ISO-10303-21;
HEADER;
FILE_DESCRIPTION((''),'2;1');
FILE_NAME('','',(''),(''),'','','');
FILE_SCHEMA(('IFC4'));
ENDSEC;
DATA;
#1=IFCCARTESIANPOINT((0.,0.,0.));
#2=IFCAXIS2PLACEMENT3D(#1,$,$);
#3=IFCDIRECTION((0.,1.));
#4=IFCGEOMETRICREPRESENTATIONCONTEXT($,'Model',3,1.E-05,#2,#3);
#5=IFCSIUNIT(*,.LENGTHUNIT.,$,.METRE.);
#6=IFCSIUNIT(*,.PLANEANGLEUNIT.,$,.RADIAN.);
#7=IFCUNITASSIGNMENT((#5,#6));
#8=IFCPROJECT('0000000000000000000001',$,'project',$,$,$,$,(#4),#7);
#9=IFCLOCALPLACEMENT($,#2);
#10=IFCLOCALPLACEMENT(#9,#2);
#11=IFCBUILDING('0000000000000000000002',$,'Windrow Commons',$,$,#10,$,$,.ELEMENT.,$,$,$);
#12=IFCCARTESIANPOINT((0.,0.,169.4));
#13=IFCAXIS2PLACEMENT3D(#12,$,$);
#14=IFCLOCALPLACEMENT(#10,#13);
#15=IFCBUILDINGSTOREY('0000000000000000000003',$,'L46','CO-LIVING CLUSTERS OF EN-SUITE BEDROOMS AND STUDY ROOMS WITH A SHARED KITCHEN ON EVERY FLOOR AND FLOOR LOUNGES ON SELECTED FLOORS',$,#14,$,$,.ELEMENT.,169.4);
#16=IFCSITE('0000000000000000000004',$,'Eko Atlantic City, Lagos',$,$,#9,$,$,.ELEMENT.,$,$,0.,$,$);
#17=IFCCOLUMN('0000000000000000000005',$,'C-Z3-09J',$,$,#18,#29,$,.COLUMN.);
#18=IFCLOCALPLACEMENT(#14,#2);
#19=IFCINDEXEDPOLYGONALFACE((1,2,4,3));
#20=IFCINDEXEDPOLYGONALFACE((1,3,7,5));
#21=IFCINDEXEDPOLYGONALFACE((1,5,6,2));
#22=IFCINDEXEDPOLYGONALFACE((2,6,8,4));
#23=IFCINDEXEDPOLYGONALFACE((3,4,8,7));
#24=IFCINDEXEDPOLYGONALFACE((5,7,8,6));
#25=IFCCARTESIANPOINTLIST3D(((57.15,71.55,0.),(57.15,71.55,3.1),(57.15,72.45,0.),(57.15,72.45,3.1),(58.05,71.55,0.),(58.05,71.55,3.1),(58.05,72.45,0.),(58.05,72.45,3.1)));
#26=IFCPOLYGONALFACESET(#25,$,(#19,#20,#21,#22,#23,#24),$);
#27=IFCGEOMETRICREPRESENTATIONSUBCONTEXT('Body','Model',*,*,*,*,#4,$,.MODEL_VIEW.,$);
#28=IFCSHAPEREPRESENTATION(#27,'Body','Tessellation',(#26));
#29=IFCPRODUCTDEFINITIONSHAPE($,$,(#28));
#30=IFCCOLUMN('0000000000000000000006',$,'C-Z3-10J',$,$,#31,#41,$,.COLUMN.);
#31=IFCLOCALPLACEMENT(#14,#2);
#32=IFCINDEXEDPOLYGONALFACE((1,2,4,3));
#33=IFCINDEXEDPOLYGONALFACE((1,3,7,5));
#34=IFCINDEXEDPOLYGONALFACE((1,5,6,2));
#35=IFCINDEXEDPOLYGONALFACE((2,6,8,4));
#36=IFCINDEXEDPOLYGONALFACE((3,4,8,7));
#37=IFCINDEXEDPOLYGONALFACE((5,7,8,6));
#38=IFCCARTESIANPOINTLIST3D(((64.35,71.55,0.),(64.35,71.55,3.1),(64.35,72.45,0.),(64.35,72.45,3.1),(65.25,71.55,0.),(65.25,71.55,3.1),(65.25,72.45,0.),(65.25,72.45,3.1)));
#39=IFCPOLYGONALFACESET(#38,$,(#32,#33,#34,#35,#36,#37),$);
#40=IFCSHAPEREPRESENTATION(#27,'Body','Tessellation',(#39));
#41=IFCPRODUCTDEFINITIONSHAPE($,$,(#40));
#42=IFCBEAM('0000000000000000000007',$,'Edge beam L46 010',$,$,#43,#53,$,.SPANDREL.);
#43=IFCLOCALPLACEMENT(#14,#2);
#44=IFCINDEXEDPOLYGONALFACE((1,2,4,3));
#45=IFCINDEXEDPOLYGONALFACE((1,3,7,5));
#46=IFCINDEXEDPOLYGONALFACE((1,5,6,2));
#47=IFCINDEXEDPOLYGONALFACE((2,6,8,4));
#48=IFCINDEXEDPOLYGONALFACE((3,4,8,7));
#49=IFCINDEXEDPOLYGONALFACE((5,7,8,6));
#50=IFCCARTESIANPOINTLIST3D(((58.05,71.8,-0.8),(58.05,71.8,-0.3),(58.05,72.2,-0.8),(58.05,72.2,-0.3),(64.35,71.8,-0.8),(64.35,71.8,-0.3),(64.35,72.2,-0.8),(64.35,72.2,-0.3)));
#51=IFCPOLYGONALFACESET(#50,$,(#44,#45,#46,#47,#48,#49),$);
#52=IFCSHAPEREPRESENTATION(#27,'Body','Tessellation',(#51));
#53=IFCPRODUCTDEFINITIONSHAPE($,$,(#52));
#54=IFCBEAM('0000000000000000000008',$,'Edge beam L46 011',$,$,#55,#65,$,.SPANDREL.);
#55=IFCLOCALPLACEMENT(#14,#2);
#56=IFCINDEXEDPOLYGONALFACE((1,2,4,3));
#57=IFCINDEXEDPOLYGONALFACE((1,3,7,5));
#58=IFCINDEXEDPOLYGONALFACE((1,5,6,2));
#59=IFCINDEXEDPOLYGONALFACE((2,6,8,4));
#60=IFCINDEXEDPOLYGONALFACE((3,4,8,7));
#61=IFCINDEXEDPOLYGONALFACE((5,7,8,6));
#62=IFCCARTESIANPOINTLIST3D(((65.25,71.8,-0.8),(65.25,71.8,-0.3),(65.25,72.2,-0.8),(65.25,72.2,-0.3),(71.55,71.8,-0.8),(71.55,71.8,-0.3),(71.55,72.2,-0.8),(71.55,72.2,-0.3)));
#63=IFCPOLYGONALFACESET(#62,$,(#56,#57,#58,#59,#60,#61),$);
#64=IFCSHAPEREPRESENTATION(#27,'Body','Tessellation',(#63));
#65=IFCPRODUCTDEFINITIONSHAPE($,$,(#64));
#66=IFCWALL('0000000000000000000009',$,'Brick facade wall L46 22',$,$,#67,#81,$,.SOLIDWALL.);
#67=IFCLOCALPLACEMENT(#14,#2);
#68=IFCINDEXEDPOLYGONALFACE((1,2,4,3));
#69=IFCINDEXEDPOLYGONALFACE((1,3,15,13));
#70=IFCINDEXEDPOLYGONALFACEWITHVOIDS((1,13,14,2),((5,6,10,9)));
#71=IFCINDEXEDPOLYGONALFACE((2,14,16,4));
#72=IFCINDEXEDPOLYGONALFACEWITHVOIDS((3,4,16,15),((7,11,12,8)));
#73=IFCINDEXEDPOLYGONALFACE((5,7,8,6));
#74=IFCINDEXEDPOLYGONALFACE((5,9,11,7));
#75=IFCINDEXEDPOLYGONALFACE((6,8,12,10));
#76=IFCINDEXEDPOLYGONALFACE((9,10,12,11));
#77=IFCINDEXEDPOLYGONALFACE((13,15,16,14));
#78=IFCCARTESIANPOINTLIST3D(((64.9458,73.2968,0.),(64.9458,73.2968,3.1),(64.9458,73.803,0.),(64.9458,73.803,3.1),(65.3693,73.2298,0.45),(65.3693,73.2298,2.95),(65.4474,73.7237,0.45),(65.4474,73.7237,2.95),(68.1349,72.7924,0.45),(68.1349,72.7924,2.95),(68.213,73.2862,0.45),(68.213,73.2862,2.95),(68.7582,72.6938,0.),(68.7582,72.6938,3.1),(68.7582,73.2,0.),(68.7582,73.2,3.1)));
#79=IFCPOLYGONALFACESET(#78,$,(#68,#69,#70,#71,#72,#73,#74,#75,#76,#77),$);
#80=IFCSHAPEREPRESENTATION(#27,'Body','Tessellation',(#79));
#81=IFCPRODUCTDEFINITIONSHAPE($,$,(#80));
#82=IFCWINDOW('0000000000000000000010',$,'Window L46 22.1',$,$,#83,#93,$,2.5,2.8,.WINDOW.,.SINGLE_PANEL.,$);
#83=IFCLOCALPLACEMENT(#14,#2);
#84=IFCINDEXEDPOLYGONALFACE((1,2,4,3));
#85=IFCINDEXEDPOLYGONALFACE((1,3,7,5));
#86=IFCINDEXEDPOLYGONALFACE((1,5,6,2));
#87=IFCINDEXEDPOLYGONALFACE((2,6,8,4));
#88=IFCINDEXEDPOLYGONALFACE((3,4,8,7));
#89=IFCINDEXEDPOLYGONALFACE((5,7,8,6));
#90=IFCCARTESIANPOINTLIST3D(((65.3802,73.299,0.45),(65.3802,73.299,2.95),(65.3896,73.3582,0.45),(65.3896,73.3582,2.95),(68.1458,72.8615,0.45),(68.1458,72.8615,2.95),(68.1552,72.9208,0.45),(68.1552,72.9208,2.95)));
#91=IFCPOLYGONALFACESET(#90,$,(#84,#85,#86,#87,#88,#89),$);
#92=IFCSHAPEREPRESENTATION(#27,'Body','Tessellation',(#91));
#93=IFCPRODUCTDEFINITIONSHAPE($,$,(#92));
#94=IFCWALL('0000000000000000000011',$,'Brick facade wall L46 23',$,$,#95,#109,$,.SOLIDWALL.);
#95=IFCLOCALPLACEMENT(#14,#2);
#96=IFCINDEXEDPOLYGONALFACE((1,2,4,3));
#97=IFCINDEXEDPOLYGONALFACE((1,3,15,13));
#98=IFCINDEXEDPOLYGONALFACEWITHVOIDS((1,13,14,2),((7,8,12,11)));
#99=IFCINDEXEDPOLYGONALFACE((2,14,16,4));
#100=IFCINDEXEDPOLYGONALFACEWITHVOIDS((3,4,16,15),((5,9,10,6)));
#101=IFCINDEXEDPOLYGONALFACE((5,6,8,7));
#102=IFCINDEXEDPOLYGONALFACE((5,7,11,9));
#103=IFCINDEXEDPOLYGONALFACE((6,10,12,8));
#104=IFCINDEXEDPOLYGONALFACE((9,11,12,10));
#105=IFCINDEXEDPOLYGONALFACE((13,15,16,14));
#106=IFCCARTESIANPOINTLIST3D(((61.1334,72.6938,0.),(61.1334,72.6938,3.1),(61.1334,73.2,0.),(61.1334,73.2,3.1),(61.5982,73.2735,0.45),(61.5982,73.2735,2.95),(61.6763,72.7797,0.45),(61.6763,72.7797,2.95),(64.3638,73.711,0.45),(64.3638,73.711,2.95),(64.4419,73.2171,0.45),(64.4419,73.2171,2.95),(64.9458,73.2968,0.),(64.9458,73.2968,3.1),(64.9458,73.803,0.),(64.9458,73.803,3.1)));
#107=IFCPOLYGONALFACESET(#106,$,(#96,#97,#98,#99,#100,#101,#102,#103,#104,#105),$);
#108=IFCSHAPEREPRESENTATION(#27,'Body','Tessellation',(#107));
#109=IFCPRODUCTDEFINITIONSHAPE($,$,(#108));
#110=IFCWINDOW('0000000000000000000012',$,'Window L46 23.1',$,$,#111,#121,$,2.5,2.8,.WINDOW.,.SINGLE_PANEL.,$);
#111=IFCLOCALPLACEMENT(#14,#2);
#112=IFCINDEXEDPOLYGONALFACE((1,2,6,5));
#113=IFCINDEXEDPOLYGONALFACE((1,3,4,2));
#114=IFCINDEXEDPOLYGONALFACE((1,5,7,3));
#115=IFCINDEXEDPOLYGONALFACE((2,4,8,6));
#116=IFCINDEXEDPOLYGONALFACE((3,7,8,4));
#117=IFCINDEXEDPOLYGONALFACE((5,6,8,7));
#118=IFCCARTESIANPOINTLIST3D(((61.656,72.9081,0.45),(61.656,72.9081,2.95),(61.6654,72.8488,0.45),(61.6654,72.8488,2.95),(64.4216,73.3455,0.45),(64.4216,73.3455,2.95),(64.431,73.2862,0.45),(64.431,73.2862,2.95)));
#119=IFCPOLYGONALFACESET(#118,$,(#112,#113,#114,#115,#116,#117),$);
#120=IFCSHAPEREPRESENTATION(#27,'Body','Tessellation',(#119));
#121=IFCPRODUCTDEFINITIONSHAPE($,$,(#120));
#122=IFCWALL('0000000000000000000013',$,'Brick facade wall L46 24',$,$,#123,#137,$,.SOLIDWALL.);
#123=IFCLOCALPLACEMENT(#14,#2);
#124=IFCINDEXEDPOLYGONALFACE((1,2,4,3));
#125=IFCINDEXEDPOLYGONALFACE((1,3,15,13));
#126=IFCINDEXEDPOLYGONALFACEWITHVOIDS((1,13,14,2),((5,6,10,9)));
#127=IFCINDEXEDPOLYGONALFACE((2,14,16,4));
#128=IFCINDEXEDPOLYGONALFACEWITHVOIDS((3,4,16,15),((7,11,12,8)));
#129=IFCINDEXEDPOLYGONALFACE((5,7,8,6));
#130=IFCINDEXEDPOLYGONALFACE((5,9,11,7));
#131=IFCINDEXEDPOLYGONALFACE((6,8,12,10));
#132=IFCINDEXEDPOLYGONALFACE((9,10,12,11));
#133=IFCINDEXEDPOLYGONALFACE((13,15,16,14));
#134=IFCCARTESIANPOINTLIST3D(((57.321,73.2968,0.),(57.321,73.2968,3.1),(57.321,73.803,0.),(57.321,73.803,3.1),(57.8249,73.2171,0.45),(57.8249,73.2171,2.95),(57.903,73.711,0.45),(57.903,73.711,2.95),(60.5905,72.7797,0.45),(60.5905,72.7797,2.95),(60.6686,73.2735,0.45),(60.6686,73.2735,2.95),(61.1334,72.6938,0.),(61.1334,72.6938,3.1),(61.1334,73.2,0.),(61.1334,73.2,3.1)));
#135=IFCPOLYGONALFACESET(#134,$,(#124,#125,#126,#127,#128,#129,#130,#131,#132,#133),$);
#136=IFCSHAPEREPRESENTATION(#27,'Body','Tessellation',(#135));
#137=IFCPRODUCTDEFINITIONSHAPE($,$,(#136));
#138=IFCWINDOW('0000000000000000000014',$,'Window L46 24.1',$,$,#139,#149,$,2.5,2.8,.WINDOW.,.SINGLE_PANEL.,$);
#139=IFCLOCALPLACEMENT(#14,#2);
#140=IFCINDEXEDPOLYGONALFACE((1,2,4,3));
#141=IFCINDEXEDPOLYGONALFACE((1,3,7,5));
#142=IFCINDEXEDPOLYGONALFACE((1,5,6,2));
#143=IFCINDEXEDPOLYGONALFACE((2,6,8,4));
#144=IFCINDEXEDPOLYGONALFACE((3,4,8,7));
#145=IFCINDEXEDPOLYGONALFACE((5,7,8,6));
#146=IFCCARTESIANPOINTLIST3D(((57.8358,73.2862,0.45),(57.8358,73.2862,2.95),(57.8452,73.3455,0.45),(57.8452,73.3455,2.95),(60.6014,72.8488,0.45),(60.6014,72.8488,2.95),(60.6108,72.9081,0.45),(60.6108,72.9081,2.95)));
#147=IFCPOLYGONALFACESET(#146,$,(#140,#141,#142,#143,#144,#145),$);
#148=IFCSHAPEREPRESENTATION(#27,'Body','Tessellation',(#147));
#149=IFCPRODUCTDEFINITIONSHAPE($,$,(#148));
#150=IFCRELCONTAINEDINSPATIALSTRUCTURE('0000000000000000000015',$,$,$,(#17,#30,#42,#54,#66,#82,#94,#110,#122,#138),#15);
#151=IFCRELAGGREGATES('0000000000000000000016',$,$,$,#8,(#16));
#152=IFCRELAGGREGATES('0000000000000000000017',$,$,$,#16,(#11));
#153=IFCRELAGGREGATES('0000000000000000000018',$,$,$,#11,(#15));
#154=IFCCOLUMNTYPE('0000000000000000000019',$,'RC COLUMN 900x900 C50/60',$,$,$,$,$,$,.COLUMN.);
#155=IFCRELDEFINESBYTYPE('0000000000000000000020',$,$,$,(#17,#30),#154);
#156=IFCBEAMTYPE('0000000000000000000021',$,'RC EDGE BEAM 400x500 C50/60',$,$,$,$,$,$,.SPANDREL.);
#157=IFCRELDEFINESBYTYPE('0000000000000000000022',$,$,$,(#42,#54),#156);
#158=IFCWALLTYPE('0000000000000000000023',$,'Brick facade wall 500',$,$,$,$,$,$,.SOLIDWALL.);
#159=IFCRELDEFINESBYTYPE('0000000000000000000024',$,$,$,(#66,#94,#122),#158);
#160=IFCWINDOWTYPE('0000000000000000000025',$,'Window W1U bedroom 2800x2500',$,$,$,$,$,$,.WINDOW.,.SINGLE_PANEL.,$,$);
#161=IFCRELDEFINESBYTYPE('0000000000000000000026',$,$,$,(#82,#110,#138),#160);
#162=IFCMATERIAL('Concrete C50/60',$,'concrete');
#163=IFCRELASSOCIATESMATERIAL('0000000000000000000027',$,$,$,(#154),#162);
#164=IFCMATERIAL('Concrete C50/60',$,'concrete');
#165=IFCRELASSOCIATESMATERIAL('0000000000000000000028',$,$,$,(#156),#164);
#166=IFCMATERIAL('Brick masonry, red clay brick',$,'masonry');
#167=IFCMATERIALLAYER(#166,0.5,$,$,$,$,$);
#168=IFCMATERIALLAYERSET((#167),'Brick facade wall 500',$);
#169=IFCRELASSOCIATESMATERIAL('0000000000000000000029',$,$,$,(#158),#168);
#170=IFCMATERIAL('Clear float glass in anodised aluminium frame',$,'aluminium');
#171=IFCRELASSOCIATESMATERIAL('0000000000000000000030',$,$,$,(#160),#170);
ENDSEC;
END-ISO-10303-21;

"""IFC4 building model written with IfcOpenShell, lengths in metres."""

from ifc_helpers import new_model, si_unit, direction, frame, frame_2d, origin, origin_2d, place, context, subcontext, project, spatial, polyline, rectangle, outline, extrude, material, layer, layer_set, material_profile, profile_set, type_object, element, fill, save


model = new_model("IFC4")

# Units and contexts
model_context = context("Model", 3, precision=1e-05, world=origin(), true_north=direction((0.0, 1.0)))
body_context = subcontext(model_context, "Body", "Model", "MODEL_VIEW")
ifc_project = project(units=[si_unit("LENGTHUNIT", "METRE"), si_unit("PLANEANGLEUNIT", "RADIAN")], contexts=[model_context])

# Site, building, storey
site_placement = place(None, origin())
site = spatial("IfcSite", under=ifc_project, at=site_placement, Name="Eko Atlantic City, Lagos", CompositionType="ELEMENT", RefElevation=0.0)
building_placement = place(site_placement, origin())
building = spatial("IfcBuilding", under=site, at=building_placement, Name="Windrow Commons", CompositionType="ELEMENT")
storey_placement = place(building_placement, frame((0.0, 0.0, 169.4)))
storey = spatial("IfcBuildingStorey", under=building, at=storey_placement, Name="L46", Description="CO-LIVING CLUSTERS OF EN-SUITE BEDROOMS AND STUDY ROOMS WITH A SHARED KITCHEN ON EVERY FLOOR AND FLOOR LOUNGES ON SELECTED FLOORS", CompositionType="ELEMENT", Elevation=169.4)

# Columns
ifc_material_1 = material(Name="Concrete C50/60", Category="concrete")
ifc_material_profile_1 = material_profile(ifc_material_1, rectangle(XDim=0.9, YDim=0.9, at=origin_2d()))
ifc_profile_set_1 = profile_set([ifc_material_profile_1], Name="Concrete C50/60")
column_type = type_object("IfcColumnType", Name="RC COLUMN 900x900 C50/60", PredefinedType="COLUMN", material=ifc_profile_set_1)
for number, where, z_axis, x_axis, name in (
    (1, (57.6, 72.0, 0.0), (0.0, 0.0, 1.0), (1.0, 0.0, 0.0), "C-Z3-09J"),
    (2, (64.8, 72.0, 0.0), (0.0, 0.0, 1.0), (1.0, 0.0, 0.0), "C-Z3-10J"),
):
    element("IfcColumn", number, at=place(storey_placement, frame(where, z_axis=z_axis, x_axis=x_axis)), inside=storey, type_object=column_type, Name=name, PredefinedType="COLUMN", context=body_context, shape_type="SweptSolid", body=[
        extrude(rectangle(XDim=0.9, YDim=0.9, at=origin_2d()), origin(), (0.0, 0.0, 1.0), 3.1),
    ])

# Beams
ifc_material_2 = material(Name="Concrete C50/60", Category="concrete")
ifc_material_profile_2 = material_profile(ifc_material_2, rectangle(XDim=0.4, YDim=0.5, at=origin_2d()))
ifc_profile_set_2 = profile_set([ifc_material_profile_2], Name="Concrete C50/60")
beam_type = type_object("IfcBeamType", Name="RC EDGE BEAM 400x500 C50/60", PredefinedType="SPANDREL", material=ifc_profile_set_2)
for number, where, z_axis, x_axis, name in (
    (3, (58.05, 72.0, -0.55), (1.0, 0.0, 0.0), (0.0, 1.0, 0.0), "Edge beam L46 010"),
    (4, (65.25, 72.0, -0.55), (1.0, 0.0, 0.0), (0.0, 1.0, 0.0), "Edge beam L46 011"),
):
    element("IfcBeam", number, at=place(storey_placement, frame(where, z_axis=z_axis, x_axis=x_axis)), inside=storey, type_object=beam_type, Name=name, PredefinedType="SPANDREL", context=body_context, shape_type="SweptSolid", body=[
        extrude(rectangle(XDim=0.4, YDim=0.5, at=origin_2d()), origin(), (0.0, 0.0, 1.0), 6.3),
    ])

# Walls, openings, windows
ifc_material_3 = material(Name="Brick masonry, red clay brick", Category="masonry")
ifc_layer_1 = layer(ifc_material_3, 0.5)
ifc_layer_set_1 = layer_set([ifc_layer_1], Name="Brick facade wall 500")
wall_type_1 = type_object("IfcWallType", Name="Brick facade wall 500", PredefinedType="SOLIDWALL", material=ifc_layer_set_1)
wall_1_placement = place(storey_placement, frame((68.7582, 72.9469, 0.0), z_axis=(0.0, 0.0, 1.0), x_axis=(-0.987721, 0.156226, 0.0)))
wall_1 = element("IfcWall", 5, at=wall_1_placement, inside=storey, type_object=wall_type_1, Name="Brick facade wall L46 22", PredefinedType="SOLIDWALL", context=body_context, shape_type="SweptSolid", body=[
    extrude(outline(polyline([(0.0395, -0.25), (3.8993, -0.25), (3.8203, 0.25), (-0.0395, 0.25), (0.0395, -0.25)])), origin(), (0.0, 0.0, 1.0), 3.1),
])
opening_1_placement = place(wall_1_placement, frame((0.5915, 0.0, 0.45)))
opening_1 = element("IfcOpeningElement", 6, at=opening_1_placement, cuts=wall_1, PredefinedType="OPENING", context=body_context, shape_type="SweptSolid", body=[
    extrude(rectangle(XDim=2.8, YDim=2.5, at=frame_2d((1.4, 1.25))), frame((0.0, 0.26, 0.0), z_axis=(0.0, -1.0, 0.0), x_axis=(1.0, 0.0, 0.0)), (0.0, 0.0, 1.0), 0.52),
])
ifc_material_4 = material(Name="Clear float glass in anodised aluminium frame", Category="aluminium")
window_type = type_object("IfcWindowType", Name="Window W1U bedroom 2800x2500", PartitioningType="SINGLE_PANEL", PredefinedType="WINDOW", material=ifc_material_4)
window_1_placement = place(opening_1_placement, origin())
window_1 = element("IfcWindow", 7, at=window_1_placement, inside=storey, type_object=window_type, Name="Window L46 22.1", OverallHeight=2.5, OverallWidth=2.8, PartitioningType="SINGLE_PANEL", PredefinedType="WINDOW", context=body_context, shape_type="SweptSolid", body=[
    extrude(rectangle(XDim=2.8, YDim=2.5, at=frame_2d((1.4, 1.25))), frame((0.0, 0.18, 0.0), z_axis=(0.0, -1.0, 0.0), x_axis=(1.0, 0.0, 0.0)), (0.0, 0.0, 1.0), 0.06),
])
fill(opening_1, window_1)
wall_2_placement = place(storey_placement, frame((64.9458, 73.5499, 0.0), z_axis=(0.0, 0.0, 1.0), x_axis=(-0.987721, -0.156226, 0.0)))
wall_2 = element("IfcWall", 8, at=wall_2_placement, inside=storey, type_object=wall_type_1, Name="Brick facade wall L46 23", PredefinedType="SOLIDWALL", context=body_context, shape_type="SweptSolid", body=[
    extrude(outline(polyline([(-0.0395, -0.25), (3.8203, -0.25), (3.8993, 0.25), (0.0395, 0.25), (-0.0395, -0.25)])), origin(), (0.0, 0.0, 1.0), 3.1),
])
opening_2_placement = place(wall_2_placement, frame((0.5497, 0.0, 0.45)))
opening_2 = element("IfcOpeningElement", 9, at=opening_2_placement, cuts=wall_2, PredefinedType="OPENING", context=body_context, shape_type="SweptSolid", body=[
    extrude(rectangle(XDim=2.8, YDim=2.5, at=frame_2d((1.4, 1.25))), frame((0.0, 0.26, 0.0), z_axis=(0.0, -1.0, 0.0), x_axis=(1.0, 0.0, 0.0)), (0.0, 0.0, 1.0), 0.52),
])
window_2_placement = place(opening_2_placement, origin())
window_2 = element("IfcWindow", 10, at=window_2_placement, inside=storey, type_object=window_type, Name="Window L46 23.1", OverallHeight=2.5, OverallWidth=2.8, PartitioningType="SINGLE_PANEL", PredefinedType="WINDOW", context=body_context, shape_type="SweptSolid", body=[
    extrude(rectangle(XDim=2.8, YDim=2.5, at=frame_2d((1.4, 1.25))), frame((0.0, 0.18, 0.0), z_axis=(0.0, -1.0, 0.0), x_axis=(1.0, 0.0, 0.0)), (0.0, 0.0, 1.0), 0.06),
])
fill(opening_2, window_2)
wall_3_placement = place(storey_placement, frame((61.1334, 72.9469, 0.0), z_axis=(0.0, 0.0, 1.0), x_axis=(-0.987721, 0.156226, 0.0)))
wall_3 = element("IfcWall", 11, at=wall_3_placement, inside=storey, type_object=wall_type_1, Name="Brick facade wall L46 24", PredefinedType="SOLIDWALL", context=body_context, shape_type="SweptSolid", body=[
    extrude(outline(polyline([(0.0395, -0.25), (3.8993, -0.25), (3.8203, 0.25), (-0.0395, 0.25), (0.0395, -0.25)])), origin(), (0.0, 0.0, 1.0), 3.1),
])
opening_3_placement = place(wall_3_placement, frame((0.5101, 0.0, 0.45)))
opening_3 = element("IfcOpeningElement", 12, at=opening_3_placement, cuts=wall_3, PredefinedType="OPENING", context=body_context, shape_type="SweptSolid", body=[
    extrude(rectangle(XDim=2.8, YDim=2.5, at=frame_2d((1.4, 1.25))), frame((0.0, 0.26, 0.0), z_axis=(0.0, -1.0, 0.0), x_axis=(1.0, 0.0, 0.0)), (0.0, 0.0, 1.0), 0.52),
])
window_3_placement = place(opening_3_placement, origin())
window_3 = element("IfcWindow", 13, at=window_3_placement, inside=storey, type_object=window_type, Name="Window L46 24.1", OverallHeight=2.5, OverallWidth=2.8, PartitioningType="SINGLE_PANEL", PredefinedType="WINDOW", context=body_context, shape_type="SweptSolid", body=[
    extrude(rectangle(XDim=2.8, YDim=2.5, at=frame_2d((1.4, 1.25))), frame((0.0, 0.18, 0.0), z_axis=(0.0, -1.0, 0.0), x_axis=(1.0, 0.0, 0.0)), (0.0, 0.0, 1.0), 0.06),
])
fill(opening_3, window_3)

save(model, "model.ifc")
